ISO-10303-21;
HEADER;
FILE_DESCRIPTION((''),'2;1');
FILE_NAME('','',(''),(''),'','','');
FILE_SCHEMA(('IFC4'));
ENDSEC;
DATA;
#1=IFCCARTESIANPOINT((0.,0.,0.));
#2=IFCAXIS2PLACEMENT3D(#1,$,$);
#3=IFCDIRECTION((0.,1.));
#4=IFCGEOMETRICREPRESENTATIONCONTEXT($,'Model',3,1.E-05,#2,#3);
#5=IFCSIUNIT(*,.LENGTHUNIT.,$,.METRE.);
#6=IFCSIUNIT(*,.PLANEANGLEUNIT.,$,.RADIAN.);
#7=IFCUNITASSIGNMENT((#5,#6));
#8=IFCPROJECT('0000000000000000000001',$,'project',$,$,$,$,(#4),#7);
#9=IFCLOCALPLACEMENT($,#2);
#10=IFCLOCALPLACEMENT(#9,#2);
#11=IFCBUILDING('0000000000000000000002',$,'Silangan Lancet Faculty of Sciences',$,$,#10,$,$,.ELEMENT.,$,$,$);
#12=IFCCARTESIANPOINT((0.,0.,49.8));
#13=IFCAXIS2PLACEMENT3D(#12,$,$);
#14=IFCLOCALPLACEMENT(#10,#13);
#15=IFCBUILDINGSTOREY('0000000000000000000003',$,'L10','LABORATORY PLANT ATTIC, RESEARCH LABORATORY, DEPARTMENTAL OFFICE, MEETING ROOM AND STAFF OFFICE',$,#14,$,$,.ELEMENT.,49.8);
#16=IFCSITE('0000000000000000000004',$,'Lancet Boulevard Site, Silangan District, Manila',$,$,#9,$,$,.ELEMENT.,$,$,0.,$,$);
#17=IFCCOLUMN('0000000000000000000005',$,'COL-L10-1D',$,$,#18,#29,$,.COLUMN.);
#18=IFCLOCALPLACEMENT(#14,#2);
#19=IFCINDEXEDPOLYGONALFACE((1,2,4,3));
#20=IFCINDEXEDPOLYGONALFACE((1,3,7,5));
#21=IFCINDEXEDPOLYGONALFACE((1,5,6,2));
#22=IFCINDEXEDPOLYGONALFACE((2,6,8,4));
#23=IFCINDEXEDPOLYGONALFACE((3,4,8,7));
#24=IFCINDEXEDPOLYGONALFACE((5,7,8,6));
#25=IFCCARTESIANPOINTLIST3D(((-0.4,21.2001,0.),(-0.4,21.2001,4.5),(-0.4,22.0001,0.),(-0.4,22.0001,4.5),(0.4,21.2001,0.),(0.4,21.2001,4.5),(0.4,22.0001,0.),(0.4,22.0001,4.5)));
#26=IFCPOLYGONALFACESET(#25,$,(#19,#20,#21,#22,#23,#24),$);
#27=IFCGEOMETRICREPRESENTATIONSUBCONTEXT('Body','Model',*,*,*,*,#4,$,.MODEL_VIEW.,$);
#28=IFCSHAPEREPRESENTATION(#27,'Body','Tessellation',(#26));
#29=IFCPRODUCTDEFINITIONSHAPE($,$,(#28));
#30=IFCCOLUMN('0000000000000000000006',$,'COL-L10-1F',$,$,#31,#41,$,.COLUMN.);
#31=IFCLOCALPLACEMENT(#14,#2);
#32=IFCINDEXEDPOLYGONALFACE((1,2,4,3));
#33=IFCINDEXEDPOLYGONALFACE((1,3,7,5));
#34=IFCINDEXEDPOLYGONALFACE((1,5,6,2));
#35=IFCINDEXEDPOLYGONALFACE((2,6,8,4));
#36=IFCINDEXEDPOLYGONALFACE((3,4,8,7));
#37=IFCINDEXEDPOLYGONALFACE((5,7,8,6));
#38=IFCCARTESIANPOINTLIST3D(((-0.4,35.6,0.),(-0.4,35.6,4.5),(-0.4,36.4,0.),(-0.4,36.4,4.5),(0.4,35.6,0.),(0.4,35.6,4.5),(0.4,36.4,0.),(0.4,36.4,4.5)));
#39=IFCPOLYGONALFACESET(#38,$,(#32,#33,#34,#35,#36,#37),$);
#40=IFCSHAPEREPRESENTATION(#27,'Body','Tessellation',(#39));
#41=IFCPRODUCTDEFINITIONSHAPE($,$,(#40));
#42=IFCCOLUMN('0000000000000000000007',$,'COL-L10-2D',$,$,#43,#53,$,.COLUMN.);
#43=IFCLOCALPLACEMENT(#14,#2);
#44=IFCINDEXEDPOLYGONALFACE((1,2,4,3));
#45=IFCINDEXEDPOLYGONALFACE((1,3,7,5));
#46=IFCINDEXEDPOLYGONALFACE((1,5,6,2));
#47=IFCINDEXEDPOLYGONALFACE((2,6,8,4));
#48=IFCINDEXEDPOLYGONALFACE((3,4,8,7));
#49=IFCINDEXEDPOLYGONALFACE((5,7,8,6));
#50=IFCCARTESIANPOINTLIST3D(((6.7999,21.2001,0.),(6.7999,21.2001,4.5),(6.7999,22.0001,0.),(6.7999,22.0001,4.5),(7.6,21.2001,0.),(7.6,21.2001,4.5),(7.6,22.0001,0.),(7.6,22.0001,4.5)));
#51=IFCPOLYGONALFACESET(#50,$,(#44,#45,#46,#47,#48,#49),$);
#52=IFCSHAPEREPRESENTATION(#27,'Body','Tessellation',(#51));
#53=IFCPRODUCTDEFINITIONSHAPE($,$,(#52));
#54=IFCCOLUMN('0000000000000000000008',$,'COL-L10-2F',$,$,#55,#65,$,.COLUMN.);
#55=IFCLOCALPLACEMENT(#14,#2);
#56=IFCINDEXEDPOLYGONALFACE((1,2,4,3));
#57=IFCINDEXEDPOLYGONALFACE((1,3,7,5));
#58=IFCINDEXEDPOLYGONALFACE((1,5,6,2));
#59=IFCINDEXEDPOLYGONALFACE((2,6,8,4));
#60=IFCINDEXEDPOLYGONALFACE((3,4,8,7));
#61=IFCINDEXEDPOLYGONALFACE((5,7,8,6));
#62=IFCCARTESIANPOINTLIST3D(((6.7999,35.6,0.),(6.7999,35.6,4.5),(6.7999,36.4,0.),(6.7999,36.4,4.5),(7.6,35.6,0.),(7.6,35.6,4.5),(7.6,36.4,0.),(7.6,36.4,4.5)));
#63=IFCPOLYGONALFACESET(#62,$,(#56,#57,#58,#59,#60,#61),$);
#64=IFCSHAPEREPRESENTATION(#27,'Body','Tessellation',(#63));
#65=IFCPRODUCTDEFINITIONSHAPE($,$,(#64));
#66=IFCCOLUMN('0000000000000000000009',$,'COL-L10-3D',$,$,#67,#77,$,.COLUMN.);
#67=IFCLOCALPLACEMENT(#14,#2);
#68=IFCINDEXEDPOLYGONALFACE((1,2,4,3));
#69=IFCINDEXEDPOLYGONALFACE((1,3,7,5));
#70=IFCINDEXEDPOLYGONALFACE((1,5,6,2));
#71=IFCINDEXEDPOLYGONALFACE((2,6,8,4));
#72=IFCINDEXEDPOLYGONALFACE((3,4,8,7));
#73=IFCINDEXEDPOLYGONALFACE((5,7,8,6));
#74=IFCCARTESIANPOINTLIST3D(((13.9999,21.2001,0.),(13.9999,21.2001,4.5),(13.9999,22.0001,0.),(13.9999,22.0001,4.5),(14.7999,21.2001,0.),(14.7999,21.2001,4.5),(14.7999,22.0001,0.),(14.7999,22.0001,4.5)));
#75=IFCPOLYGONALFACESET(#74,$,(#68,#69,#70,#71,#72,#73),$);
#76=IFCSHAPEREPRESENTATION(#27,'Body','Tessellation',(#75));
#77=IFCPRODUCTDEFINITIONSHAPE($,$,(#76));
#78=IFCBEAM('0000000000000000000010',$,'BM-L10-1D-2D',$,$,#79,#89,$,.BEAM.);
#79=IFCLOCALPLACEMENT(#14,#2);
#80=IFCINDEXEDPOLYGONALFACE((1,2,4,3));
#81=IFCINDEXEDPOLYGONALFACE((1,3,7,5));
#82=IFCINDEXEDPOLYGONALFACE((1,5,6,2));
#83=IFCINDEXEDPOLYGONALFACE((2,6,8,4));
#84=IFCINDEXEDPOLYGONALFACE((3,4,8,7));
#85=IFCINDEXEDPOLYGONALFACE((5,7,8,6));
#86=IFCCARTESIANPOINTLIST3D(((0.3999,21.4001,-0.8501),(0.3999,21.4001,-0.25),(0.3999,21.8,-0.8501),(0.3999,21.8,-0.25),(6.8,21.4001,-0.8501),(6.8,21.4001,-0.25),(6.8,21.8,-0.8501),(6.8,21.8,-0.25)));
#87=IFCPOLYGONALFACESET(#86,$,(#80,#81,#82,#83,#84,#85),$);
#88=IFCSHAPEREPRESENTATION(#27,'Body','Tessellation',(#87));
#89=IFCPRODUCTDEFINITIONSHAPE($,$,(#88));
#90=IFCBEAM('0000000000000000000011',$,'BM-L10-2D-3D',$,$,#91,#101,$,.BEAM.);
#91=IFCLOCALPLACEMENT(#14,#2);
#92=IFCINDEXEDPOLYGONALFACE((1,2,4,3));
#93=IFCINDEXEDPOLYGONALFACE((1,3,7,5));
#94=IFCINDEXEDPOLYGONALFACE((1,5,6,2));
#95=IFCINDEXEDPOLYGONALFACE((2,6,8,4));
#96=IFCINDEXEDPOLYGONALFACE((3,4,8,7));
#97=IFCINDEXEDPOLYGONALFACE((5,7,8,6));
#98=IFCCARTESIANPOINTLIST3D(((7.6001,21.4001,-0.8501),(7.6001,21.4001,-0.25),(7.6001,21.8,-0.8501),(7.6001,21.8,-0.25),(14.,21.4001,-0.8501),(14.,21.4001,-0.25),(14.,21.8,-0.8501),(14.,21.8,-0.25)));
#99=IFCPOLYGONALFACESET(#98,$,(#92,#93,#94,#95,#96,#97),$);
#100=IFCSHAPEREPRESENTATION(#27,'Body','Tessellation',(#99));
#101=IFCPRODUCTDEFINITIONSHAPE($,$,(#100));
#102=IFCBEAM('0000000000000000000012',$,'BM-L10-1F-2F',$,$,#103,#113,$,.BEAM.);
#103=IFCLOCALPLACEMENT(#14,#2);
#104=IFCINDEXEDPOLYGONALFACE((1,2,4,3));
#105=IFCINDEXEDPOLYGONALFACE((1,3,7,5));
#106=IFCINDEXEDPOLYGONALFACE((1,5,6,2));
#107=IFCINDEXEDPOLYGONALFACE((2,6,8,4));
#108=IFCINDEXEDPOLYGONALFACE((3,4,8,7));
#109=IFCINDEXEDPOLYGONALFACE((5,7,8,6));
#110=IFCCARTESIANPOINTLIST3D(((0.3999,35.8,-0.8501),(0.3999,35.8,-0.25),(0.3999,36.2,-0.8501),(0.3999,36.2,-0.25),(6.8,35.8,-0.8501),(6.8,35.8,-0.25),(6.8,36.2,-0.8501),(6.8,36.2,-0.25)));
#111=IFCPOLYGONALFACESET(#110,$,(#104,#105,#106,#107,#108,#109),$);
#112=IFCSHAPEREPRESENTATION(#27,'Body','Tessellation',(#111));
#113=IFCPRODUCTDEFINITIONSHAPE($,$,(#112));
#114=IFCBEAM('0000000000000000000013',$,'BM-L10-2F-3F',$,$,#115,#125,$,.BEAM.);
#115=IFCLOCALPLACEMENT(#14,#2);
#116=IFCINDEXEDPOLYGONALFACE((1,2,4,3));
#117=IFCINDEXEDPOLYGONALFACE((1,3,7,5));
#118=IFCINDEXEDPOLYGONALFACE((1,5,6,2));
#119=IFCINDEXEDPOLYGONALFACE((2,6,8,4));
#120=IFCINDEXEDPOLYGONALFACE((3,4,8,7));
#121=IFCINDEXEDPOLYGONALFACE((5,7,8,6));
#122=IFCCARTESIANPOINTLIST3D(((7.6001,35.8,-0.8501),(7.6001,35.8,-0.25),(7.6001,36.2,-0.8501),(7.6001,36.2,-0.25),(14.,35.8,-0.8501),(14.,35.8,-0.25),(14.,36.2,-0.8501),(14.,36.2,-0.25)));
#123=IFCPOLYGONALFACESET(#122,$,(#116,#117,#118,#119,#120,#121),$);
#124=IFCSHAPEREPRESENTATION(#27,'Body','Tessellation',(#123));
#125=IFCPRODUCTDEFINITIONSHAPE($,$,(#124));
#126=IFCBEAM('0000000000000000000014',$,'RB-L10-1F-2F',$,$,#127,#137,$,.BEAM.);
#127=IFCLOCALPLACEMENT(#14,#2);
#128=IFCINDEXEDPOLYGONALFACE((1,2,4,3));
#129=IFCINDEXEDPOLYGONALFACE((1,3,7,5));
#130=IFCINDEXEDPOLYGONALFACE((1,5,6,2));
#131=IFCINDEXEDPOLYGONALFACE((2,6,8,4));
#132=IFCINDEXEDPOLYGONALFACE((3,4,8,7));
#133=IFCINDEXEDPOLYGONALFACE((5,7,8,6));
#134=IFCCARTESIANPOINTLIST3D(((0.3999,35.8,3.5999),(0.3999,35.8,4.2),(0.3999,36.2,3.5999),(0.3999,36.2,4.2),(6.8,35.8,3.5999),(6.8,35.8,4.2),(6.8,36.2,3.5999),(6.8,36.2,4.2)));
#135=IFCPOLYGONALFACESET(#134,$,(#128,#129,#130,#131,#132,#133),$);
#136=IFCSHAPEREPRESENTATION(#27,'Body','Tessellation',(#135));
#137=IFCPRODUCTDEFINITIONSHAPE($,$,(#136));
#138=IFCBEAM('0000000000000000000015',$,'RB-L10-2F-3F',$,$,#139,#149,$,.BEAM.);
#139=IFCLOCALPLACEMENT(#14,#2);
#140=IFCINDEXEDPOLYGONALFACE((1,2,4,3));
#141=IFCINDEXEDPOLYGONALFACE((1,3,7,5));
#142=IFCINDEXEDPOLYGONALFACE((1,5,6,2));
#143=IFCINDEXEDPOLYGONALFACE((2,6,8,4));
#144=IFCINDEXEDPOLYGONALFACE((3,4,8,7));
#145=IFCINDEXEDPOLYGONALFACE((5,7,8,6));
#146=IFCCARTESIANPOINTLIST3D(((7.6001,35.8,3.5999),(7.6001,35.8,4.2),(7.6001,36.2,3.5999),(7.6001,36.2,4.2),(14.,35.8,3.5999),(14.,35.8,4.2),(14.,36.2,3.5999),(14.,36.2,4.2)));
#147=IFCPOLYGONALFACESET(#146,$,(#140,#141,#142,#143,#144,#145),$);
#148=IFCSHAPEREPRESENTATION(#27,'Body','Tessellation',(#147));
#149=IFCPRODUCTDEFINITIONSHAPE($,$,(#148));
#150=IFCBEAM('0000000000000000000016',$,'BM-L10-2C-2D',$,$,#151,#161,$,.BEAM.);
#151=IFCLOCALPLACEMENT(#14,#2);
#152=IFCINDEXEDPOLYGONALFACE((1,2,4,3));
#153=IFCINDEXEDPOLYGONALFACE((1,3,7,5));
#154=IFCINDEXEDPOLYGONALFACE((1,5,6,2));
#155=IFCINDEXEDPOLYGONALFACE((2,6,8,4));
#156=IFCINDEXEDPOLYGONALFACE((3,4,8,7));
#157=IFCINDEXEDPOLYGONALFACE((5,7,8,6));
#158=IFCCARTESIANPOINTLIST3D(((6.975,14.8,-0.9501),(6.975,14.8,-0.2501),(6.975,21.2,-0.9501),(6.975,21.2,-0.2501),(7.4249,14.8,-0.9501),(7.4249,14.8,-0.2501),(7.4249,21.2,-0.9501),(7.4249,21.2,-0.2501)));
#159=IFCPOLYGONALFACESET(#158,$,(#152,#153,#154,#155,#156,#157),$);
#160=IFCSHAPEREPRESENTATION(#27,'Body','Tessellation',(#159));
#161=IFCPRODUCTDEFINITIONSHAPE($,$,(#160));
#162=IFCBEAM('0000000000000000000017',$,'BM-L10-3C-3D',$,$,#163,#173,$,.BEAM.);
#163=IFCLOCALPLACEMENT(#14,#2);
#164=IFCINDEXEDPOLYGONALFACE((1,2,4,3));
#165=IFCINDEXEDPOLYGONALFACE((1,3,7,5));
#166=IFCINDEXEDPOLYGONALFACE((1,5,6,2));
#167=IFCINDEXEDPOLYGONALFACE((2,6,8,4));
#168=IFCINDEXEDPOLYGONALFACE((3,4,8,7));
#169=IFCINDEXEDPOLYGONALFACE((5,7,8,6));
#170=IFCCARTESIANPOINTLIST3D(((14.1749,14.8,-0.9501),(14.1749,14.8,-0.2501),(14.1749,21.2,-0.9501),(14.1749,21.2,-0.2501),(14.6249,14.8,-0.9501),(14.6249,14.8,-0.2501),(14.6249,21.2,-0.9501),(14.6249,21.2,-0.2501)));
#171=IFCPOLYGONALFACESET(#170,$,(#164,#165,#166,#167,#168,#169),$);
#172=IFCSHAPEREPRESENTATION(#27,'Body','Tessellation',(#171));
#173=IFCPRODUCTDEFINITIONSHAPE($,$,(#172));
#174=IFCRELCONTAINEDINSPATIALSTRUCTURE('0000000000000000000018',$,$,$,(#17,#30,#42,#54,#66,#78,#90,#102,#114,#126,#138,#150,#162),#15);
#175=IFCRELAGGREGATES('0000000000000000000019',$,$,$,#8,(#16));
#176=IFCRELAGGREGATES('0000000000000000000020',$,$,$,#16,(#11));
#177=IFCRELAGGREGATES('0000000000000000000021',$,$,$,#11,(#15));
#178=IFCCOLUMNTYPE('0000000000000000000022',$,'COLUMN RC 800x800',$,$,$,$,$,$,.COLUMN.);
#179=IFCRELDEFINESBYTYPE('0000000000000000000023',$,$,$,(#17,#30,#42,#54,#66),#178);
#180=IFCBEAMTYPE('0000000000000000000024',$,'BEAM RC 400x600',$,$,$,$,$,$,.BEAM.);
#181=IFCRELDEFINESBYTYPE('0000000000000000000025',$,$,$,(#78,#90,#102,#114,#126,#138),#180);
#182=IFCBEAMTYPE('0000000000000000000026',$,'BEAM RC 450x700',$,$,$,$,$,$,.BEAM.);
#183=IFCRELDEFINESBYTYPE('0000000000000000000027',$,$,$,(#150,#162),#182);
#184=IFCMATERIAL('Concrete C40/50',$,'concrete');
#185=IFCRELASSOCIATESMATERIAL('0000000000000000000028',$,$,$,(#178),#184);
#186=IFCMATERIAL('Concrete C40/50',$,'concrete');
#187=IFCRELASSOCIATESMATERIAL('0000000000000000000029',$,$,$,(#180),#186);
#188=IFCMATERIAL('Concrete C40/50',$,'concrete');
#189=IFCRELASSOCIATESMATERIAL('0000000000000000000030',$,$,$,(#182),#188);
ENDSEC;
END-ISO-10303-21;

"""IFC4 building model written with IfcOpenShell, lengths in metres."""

from ifc_helpers import new_model, si_unit, direction, frame, origin, origin_2d, place, context, subcontext, project, spatial, rectangle, extrude, material, material_profile, profile_set, type_object, element, save


model = new_model("IFC4")

# Units and contexts
model_context = context("Model", 3, precision=1e-05, world=origin(), true_north=direction((0.0, 1.0)))
body_context = subcontext(model_context, "Body", "Model", "MODEL_VIEW")
ifc_project = project(units=[si_unit("LENGTHUNIT", "METRE"), si_unit("PLANEANGLEUNIT", "RADIAN")], contexts=[model_context])

# Site, building, storey
site_placement = place(None, origin())
site = spatial("IfcSite", under=ifc_project, at=site_placement, Name="Lancet Boulevard Site, Silangan District, Manila", CompositionType="ELEMENT", RefElevation=0.0)
building_placement = place(site_placement, origin())
building = spatial("IfcBuilding", under=site, at=building_placement, Name="Silangan Lancet Faculty of Sciences", CompositionType="ELEMENT")
storey_placement = place(building_placement, frame((0.0, 0.0, 49.8)))
storey = spatial("IfcBuildingStorey", under=building, at=storey_placement, Name="L10", Description="LABORATORY PLANT ATTIC, RESEARCH LABORATORY, DEPARTMENTAL OFFICE, MEETING ROOM AND STAFF OFFICE", CompositionType="ELEMENT", Elevation=49.8)

# Columns
ifc_material_1 = material(Name="Concrete C40/50", Category="concrete")
ifc_material_profile_1 = material_profile(ifc_material_1, rectangle(XDim=0.8, YDim=0.8, at=origin_2d()), Name="RC 800x800")
ifc_profile_set_1 = profile_set([ifc_material_profile_1], Name="Concrete C40/50")
column_type = type_object("IfcColumnType", Name="COLUMN RC 800x800", PredefinedType="COLUMN", material=ifc_profile_set_1)
for number, where, z_axis, x_axis, name in (
    (1, (0.0, 21.6001, 0.0), (0.0, 0.0, 1.0), (1.0, 0.0, 0.0), "COL-L10-1D"),
    (2, (0.0, 36.0, 0.0), (0.0, 0.0, 1.0), (1.0, 0.0, 0.0), "COL-L10-1F"),
    (3, (7.2, 21.6001, 0.0), (0.0, 0.0, 1.0), (1.0, 0.0, 0.0), "COL-L10-2D"),
    (4, (7.2, 36.0, 0.0), (0.0, 0.0, 1.0), (1.0, 0.0, 0.0), "COL-L10-2F"),
    (5, (14.3999, 21.6001, 0.0), (0.0, 0.0, 1.0), (1.0, 0.0, 0.0), "COL-L10-3D"),
):
    element("IfcColumn", number, at=place(storey_placement, frame(where, z_axis=z_axis, x_axis=x_axis)), inside=storey, type_object=column_type, Name=name, PredefinedType="COLUMN", context=body_context, shape_type="SweptSolid", body=[
        extrude(rectangle(XDim=0.8, YDim=0.8, at=origin_2d()), origin(), (0.0, 0.0, 1.0), 4.5),
    ])

# Beams
ifc_material_2 = material(Name="Concrete C40/50", Category="concrete")
ifc_material_profile_2 = material_profile(ifc_material_2, rectangle(XDim=0.3999, YDim=0.6001, at=origin_2d()), Name="RC 400x600")
ifc_profile_set_2 = profile_set([ifc_material_profile_2], Name="Concrete C40/50")
beam_type_1 = type_object("IfcBeamType", Name="BEAM RC 400x600", PredefinedType="BEAM", material=ifc_profile_set_2)
beam_1_placement = place(storey_placement, frame((0.3999, 21.6001, -0.55), z_axis=(1.0, 0.0, 0.0), x_axis=(0.0, 1.0, 0.0)))
element("IfcBeam", 6, at=beam_1_placement, inside=storey, type_object=beam_type_1, Name="BM-L10-1D-2D", PredefinedType="BEAM", context=body_context, shape_type="SweptSolid", body=[
    extrude(rectangle(XDim=0.3999, YDim=0.6001, at=origin_2d()), origin(), (0.0, 0.0, 1.0), 6.4001),
])
beam_2_placement = place(storey_placement, frame((7.6001, 21.6001, -0.55), z_axis=(1.0, 0.0, 0.0), x_axis=(0.0, 1.0, 0.0)))
element("IfcBeam", 7, at=beam_2_placement, inside=storey, type_object=beam_type_1, Name="BM-L10-2D-3D", PredefinedType="BEAM", context=body_context, shape_type="SweptSolid", body=[
    extrude(rectangle(XDim=0.3999, YDim=0.6001, at=origin_2d()), origin(), (0.0, 0.0, 1.0), 6.3999),
])
beam_3_placement = place(storey_placement, frame((0.3999, 36.0, -0.55), z_axis=(1.0, 0.0, 0.0), x_axis=(0.0, 1.0, 0.0)))
element("IfcBeam", 8, at=beam_3_placement, inside=storey, type_object=beam_type_1, Name="BM-L10-1F-2F", PredefinedType="BEAM", context=body_context, shape_type="SweptSolid", body=[
    extrude(rectangle(XDim=0.3999, YDim=0.6001, at=origin_2d()), origin(), (0.0, 0.0, 1.0), 6.4001),
])
beam_4_placement = place(storey_placement, frame((7.6001, 36.0, -0.55), z_axis=(1.0, 0.0, 0.0), x_axis=(0.0, 1.0, 0.0)))
element("IfcBeam", 9, at=beam_4_placement, inside=storey, type_object=beam_type_1, Name="BM-L10-2F-3F", PredefinedType="BEAM", context=body_context, shape_type="SweptSolid", body=[
    extrude(rectangle(XDim=0.3999, YDim=0.6001, at=origin_2d()), origin(), (0.0, 0.0, 1.0), 6.3999),
])
beam_5_placement = place(storey_placement, frame((0.3999, 36.0, 3.8999), z_axis=(1.0, 0.0, 0.0), x_axis=(0.0, 1.0, 0.0)))
element("IfcBeam", 10, at=beam_5_placement, inside=storey, type_object=beam_type_1, Name="RB-L10-1F-2F", PredefinedType="BEAM", context=body_context, shape_type="SweptSolid", body=[
    extrude(rectangle(XDim=0.3999, YDim=0.6001, at=origin_2d()), origin(), (0.0, 0.0, 1.0), 6.4001),
])
beam_6_placement = place(storey_placement, frame((7.6001, 36.0, 3.8999), z_axis=(1.0, 0.0, 0.0), x_axis=(0.0, 1.0, 0.0)))
element("IfcBeam", 11, at=beam_6_placement, inside=storey, type_object=beam_type_1, Name="RB-L10-2F-3F", PredefinedType="BEAM", context=body_context, shape_type="SweptSolid", body=[
    extrude(rectangle(XDim=0.3999, YDim=0.6001, at=origin_2d()), origin(), (0.0, 0.0, 1.0), 6.3999),
])
ifc_material_3 = material(Name="Concrete C40/50", Category="concrete")
ifc_material_profile_3 = material_profile(ifc_material_3, rectangle(XDim=0.45, YDim=0.7, at=origin_2d()), Name="RC 450x700")
ifc_profile_set_3 = profile_set([ifc_material_profile_3], Name="Concrete C40/50")
beam_type_2 = type_object("IfcBeamType", Name="BEAM RC 450x700", PredefinedType="BEAM", material=ifc_profile_set_3)
for number, where, z_axis, x_axis, name in (
    (12, (7.2, 14.8, -0.6001), (0.0, 1.0, 0.0), (-1.0, 0.0, 0.0), "BM-L10-2C-2D"),
    (13, (14.3999, 14.8, -0.6001), (0.0, 1.0, 0.0), (-1.0, 0.0, 0.0), "BM-L10-3C-3D"),
):
    element("IfcBeam", number, at=place(storey_placement, frame(where, z_axis=z_axis, x_axis=x_axis)), inside=storey, type_object=beam_type_2, Name=name, PredefinedType="BEAM", context=body_context, shape_type="SweptSolid", body=[
        extrude(rectangle(XDim=0.45, YDim=0.7, at=origin_2d()), origin(), (0.0, 0.0, 1.0), 6.3999),
    ])

save(model, "model.ifc")
